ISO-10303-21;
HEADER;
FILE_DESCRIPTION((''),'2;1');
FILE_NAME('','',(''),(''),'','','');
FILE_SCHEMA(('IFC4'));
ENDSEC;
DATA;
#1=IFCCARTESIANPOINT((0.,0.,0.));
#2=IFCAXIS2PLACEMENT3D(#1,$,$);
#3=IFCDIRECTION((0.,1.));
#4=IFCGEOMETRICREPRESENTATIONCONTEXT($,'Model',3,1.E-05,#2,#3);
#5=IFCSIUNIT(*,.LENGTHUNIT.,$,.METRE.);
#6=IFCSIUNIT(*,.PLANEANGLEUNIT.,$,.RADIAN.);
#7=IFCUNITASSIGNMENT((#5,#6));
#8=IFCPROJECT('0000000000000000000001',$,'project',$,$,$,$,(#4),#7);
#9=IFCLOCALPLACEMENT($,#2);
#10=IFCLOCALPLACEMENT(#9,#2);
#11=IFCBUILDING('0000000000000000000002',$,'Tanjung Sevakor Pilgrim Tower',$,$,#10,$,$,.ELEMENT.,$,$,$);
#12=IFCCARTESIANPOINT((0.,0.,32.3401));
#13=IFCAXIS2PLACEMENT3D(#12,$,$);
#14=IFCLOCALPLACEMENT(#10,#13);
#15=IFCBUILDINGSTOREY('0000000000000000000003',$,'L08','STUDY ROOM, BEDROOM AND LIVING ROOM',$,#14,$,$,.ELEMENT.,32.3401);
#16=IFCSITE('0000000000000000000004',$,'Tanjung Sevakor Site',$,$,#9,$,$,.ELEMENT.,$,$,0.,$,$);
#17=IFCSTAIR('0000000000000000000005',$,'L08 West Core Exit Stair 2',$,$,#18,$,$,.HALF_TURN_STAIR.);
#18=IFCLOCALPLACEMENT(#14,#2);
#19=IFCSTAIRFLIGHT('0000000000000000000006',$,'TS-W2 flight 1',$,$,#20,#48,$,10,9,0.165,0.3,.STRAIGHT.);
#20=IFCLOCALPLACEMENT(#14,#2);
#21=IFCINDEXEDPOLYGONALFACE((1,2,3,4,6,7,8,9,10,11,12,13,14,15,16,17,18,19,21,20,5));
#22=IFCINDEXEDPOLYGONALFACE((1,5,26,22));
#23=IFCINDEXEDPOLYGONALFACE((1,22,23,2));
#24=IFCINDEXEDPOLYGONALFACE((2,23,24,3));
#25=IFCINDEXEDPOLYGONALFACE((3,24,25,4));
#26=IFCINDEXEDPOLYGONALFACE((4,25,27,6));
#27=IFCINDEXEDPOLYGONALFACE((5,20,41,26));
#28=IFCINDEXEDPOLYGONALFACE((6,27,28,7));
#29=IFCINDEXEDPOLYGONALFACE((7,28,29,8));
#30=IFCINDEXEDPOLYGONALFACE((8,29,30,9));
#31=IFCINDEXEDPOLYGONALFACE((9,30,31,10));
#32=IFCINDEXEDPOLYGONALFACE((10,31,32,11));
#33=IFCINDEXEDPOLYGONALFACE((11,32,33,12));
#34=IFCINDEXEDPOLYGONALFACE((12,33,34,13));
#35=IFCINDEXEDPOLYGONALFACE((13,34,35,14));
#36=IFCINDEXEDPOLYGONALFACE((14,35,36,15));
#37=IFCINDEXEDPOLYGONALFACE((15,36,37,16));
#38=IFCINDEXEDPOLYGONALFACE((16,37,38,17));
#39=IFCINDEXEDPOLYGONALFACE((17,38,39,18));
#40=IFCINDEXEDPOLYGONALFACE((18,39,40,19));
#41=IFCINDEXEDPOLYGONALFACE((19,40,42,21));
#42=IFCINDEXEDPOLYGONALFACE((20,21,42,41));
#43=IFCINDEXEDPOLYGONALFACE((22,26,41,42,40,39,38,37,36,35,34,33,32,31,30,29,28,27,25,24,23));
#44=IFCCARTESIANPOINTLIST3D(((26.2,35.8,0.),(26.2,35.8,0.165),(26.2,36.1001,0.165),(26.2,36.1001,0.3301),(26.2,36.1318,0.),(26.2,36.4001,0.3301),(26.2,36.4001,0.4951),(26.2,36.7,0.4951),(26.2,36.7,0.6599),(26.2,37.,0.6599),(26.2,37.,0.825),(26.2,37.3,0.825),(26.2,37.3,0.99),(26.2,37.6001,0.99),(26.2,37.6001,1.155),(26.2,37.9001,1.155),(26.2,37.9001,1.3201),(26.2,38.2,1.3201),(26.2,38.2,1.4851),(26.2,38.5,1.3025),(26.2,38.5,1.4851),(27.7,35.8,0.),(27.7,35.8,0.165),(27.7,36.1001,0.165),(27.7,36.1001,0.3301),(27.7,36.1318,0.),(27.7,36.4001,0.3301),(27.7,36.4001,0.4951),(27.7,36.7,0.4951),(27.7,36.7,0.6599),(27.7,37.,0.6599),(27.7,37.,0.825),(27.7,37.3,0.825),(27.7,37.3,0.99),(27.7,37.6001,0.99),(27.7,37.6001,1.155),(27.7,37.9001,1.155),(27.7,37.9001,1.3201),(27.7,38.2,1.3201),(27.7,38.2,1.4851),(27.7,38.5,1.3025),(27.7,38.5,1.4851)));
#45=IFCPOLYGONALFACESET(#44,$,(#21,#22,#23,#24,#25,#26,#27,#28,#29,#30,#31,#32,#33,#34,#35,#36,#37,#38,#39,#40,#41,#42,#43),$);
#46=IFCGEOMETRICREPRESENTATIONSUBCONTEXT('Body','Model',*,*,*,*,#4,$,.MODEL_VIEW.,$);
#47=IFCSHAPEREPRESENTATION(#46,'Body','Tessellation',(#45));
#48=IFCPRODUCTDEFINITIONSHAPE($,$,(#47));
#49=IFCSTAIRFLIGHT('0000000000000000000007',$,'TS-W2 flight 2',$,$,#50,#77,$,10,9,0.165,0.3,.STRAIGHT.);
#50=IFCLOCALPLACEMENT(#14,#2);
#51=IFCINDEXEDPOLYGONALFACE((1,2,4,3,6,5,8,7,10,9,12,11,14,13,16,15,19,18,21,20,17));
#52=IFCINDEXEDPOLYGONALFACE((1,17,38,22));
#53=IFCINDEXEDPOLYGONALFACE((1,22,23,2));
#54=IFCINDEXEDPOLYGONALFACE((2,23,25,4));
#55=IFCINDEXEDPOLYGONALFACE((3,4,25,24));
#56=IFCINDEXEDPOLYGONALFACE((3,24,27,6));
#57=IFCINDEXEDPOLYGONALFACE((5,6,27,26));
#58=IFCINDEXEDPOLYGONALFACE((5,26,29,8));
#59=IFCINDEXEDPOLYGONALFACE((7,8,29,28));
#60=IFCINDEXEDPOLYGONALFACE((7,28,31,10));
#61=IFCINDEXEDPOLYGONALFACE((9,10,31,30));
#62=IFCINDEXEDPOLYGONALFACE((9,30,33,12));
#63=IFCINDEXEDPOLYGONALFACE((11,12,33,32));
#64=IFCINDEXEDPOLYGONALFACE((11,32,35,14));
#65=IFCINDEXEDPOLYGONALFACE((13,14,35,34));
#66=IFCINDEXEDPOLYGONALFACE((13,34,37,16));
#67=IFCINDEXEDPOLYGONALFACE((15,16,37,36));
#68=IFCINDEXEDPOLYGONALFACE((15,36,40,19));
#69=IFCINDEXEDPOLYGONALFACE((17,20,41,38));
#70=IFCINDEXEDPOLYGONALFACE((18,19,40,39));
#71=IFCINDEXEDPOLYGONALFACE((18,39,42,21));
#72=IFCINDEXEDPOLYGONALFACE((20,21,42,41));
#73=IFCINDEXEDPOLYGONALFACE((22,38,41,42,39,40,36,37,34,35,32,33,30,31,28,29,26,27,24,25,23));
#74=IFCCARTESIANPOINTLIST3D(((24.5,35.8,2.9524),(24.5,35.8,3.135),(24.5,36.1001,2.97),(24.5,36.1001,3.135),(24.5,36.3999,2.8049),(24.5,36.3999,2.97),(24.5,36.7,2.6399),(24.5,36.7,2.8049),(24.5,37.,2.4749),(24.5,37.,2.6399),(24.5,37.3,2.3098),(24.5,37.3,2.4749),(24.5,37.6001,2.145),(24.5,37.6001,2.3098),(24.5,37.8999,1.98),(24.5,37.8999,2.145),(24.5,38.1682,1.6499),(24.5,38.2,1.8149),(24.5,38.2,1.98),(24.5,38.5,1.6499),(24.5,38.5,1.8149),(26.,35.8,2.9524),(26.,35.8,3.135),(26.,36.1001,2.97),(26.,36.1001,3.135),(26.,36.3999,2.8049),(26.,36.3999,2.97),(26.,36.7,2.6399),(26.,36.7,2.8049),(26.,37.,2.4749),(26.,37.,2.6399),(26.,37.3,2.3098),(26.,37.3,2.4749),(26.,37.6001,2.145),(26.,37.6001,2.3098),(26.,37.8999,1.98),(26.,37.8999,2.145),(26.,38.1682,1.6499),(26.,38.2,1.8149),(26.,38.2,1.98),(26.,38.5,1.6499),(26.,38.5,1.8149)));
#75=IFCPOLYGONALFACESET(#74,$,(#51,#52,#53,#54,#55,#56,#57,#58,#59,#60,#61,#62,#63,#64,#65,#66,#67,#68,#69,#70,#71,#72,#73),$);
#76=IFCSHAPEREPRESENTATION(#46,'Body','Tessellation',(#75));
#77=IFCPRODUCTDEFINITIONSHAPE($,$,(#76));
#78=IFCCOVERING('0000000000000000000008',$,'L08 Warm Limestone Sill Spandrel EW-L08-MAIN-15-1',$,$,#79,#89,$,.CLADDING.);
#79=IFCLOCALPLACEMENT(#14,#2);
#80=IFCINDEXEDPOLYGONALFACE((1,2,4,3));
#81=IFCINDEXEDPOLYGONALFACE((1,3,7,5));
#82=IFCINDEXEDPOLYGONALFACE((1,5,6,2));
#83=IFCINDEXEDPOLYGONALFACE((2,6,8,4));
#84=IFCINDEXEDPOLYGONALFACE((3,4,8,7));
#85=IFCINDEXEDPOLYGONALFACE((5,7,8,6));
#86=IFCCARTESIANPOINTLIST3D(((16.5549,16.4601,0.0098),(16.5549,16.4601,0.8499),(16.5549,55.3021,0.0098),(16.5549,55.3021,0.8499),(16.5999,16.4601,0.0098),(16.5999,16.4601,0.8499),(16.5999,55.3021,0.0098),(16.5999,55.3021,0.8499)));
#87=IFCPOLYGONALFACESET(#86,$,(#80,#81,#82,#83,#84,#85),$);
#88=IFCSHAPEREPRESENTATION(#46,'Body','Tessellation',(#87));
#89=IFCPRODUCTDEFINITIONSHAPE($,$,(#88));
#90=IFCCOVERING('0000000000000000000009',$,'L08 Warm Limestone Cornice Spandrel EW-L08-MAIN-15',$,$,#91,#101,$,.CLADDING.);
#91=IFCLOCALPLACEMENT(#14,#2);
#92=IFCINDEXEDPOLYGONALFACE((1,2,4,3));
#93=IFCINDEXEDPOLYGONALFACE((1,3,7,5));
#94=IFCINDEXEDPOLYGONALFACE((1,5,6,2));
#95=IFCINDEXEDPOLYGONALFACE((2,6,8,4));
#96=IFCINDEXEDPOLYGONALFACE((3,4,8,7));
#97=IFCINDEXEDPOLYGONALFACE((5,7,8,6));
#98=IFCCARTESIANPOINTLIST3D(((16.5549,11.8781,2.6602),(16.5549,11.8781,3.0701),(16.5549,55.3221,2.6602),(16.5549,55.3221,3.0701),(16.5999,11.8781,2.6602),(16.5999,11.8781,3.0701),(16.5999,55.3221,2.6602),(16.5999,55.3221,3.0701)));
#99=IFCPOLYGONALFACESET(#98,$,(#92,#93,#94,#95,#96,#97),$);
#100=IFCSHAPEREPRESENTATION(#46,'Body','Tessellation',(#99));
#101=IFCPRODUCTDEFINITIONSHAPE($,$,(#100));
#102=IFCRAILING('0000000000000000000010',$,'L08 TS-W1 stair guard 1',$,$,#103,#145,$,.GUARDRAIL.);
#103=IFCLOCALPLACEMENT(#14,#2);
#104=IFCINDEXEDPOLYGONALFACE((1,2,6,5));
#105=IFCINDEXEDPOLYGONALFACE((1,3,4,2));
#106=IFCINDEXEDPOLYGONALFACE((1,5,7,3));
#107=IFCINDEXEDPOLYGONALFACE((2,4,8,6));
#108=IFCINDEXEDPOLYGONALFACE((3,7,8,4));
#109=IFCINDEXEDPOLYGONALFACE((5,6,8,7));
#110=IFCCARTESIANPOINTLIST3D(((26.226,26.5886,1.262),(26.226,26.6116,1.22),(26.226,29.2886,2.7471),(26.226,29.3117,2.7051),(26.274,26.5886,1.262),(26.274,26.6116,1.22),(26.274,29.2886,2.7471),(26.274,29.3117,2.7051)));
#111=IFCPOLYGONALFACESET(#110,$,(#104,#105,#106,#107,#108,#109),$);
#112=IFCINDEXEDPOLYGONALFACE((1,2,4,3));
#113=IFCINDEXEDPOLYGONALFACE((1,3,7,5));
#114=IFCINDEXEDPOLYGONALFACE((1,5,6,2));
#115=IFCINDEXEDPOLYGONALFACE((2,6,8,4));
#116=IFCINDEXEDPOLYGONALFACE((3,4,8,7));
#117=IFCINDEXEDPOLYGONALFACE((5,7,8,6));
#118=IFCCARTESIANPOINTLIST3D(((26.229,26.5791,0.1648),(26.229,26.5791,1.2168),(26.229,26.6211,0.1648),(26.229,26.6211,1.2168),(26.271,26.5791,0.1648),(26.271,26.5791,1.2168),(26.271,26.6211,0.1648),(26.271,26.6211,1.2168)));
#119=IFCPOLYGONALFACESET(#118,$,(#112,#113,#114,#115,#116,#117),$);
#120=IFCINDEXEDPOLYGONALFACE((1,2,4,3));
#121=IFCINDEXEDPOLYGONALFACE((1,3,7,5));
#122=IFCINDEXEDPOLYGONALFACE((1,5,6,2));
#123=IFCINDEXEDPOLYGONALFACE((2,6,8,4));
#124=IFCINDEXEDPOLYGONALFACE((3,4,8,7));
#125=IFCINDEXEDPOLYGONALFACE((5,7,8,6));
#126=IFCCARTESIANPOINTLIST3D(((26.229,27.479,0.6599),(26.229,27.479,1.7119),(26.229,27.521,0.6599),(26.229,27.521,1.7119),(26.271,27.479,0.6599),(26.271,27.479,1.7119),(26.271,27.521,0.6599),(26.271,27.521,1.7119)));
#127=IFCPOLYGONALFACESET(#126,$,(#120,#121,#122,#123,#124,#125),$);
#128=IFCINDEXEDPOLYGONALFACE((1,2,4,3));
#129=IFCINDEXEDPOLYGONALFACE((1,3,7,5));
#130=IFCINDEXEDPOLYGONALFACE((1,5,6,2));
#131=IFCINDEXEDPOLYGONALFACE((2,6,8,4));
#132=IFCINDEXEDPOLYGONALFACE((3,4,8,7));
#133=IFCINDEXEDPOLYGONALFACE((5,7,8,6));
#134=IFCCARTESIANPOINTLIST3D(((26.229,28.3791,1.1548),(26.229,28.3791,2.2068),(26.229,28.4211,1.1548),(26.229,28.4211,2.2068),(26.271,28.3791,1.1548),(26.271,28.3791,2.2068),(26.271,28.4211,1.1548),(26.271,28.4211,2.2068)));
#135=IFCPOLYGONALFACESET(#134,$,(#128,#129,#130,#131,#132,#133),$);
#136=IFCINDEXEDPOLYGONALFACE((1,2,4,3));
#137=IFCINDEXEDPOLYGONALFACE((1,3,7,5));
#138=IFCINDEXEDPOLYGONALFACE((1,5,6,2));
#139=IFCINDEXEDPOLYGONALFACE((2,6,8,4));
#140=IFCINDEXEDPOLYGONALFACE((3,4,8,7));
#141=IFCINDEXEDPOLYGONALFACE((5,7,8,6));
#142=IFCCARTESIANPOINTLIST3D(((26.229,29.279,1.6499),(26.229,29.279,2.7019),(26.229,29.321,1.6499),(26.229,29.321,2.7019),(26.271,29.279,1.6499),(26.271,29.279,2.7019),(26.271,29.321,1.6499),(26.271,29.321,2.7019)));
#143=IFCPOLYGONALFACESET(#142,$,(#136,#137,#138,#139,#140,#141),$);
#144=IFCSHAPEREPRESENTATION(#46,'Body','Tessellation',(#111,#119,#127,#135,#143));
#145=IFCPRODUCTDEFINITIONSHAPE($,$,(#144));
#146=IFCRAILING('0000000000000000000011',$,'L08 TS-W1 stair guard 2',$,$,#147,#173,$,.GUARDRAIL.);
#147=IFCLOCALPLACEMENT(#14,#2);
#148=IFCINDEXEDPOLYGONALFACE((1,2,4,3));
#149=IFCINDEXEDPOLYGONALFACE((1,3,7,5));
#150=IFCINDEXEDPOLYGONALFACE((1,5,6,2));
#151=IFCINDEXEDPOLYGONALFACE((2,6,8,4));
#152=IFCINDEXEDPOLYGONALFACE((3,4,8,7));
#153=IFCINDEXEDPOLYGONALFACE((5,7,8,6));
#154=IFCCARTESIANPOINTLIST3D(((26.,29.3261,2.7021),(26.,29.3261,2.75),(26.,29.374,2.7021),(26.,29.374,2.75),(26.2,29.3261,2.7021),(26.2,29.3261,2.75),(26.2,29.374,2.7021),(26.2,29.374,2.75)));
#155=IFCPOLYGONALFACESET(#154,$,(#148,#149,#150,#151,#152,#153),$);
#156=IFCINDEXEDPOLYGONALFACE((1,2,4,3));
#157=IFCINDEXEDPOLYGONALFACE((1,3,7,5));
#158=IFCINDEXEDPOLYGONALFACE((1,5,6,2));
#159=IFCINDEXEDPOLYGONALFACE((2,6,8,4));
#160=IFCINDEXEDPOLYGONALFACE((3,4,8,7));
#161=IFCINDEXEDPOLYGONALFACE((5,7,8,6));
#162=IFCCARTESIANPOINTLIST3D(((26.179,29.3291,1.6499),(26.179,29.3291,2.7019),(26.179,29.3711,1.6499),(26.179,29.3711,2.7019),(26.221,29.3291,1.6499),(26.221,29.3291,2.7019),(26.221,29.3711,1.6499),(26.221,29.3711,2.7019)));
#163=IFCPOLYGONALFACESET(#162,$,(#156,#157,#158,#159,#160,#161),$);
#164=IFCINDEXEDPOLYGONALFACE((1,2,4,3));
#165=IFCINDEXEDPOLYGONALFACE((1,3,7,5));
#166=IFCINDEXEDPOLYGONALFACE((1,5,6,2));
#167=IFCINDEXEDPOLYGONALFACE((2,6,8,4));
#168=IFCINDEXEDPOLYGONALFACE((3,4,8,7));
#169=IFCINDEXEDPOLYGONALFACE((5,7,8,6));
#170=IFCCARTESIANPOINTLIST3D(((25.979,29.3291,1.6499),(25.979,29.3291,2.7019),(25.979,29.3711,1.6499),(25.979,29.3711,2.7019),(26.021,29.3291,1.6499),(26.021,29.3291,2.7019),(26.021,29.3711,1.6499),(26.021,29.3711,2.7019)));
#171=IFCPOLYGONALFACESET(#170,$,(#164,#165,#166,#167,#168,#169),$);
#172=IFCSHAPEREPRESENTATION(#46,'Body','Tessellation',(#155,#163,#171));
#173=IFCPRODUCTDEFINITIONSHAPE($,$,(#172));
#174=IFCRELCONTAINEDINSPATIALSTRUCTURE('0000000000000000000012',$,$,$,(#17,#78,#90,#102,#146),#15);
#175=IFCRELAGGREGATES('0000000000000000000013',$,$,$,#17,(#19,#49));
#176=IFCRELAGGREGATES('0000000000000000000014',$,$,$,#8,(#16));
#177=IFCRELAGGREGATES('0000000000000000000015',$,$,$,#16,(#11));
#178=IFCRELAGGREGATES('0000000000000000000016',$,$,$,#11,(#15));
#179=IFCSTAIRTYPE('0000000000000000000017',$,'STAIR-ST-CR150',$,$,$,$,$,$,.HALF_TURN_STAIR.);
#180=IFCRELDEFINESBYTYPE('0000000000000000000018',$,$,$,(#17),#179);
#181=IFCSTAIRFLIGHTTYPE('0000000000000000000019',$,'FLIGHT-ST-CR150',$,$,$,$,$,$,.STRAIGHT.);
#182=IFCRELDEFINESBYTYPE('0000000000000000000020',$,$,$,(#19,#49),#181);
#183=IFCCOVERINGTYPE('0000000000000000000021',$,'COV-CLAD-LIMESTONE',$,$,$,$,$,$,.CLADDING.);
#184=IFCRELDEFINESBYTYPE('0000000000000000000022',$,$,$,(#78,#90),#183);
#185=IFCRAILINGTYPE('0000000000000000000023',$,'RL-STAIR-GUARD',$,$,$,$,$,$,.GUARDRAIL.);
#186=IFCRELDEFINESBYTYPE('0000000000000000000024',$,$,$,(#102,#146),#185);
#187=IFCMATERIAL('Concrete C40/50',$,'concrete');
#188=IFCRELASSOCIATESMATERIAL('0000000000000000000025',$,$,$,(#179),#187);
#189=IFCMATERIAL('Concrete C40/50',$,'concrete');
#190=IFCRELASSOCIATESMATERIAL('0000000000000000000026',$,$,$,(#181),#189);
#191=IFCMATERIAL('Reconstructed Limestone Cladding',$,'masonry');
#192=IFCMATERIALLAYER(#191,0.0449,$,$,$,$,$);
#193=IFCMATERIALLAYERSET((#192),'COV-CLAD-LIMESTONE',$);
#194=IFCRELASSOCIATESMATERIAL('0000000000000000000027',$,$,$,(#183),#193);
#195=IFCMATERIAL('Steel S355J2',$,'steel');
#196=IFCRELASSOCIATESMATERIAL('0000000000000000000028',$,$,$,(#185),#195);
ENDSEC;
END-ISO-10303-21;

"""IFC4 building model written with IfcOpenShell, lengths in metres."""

from ifc_helpers import new_model, si_unit, direction, frame, origin, origin_2d, place, context, subcontext, project, spatial, polyline, rectangle, outline, extrude, material, layer, layer_set, type_object, element, aggregate, save


model = new_model("IFC4")

# Units and contexts
model_context = context("Model", 3, precision=1e-05, world=origin(), true_north=direction((0.0, 1.0)))
body_context = subcontext(model_context, "Body", "Model", "MODEL_VIEW")
ifc_project = project(units=[si_unit("LENGTHUNIT", "METRE"), si_unit("PLANEANGLEUNIT", "RADIAN")], contexts=[model_context])

# Site, building, storey
site_placement = place(None, origin())
site = spatial("IfcSite", under=ifc_project, at=site_placement, Name="Tanjung Sevakor Site", CompositionType="ELEMENT", RefElevation=0.0)
building_placement = place(site_placement, origin())
building = spatial("IfcBuilding", under=site, at=building_placement, Name="Tanjung Sevakor Pilgrim Tower", CompositionType="ELEMENT")
storey_placement = place(building_placement, frame((0.0, 0.0, 32.3401)))
storey = spatial("IfcBuildingStorey", under=building, at=storey_placement, Name="L08", Description="STUDY ROOM, BEDROOM AND LIVING ROOM", CompositionType="ELEMENT", Elevation=32.3401)

# Stair, stair flights
ifc_material_1 = material(Name="Concrete C40/50", Category="concrete")
stair_type = type_object("IfcStairType", Name="STAIR-ST-CR150", PredefinedType="HALF_TURN_STAIR", material=ifc_material_1)
ifc_material_2 = material(Name="Concrete C40/50", Category="concrete")
stair_flight_type = type_object("IfcStairFlightType", Name="FLIGHT-ST-CR150", PredefinedType="STRAIGHT", material=ifc_material_2)
stair_1_placement = place(storey_placement, origin())
stair_1 = element("IfcStair", 1, at=stair_1_placement, inside=storey, type_object=stair_type, Name="L08 West Core Exit Stair 2", PredefinedType="HALF_TURN_STAIR")
stair_flight_1_placement = place(storey_placement, frame((26.95, 35.8, 0.0), z_axis=(0.0, 0.0, 1.0), x_axis=(0.0, 1.0, 0.0)))
stair_flight_1 = element("IfcStairFlight", 2, at=stair_flight_1_placement, type_object=stair_flight_type, Name="TS-W2 flight 1", NumberOfRisers=10, NumberOfTreads=9, PredefinedType="STRAIGHT", RiserHeight=0.165, TreadLength=0.3, context=body_context, shape_type="SweptSolid", body=[
    extrude(outline(polyline([(0.0, 0.0), (0.0, 0.165), (0.3, 0.165), (0.3, 0.3301), (0.6001, 0.3301), (0.6001, 0.4951), (0.8999, 0.4951), (0.8999, 0.6599), (1.2, 0.6599), (1.2, 0.825), (1.5, 0.825), (1.5, 0.99), (1.8, 0.99), (1.8, 1.155), (2.1001, 1.155), (2.1001, 1.3201), (2.3999, 1.3201), (2.3999, 1.4851), (2.7, 1.4851), (2.7, 1.6499), (2.7, 1.3025), (0.3318, 0.0), (0.0, 0.0)])), frame((0.0, 0.75, 0.0), z_axis=(0.0, -1.0, 0.0), x_axis=(1.0, 0.0, 0.0)), (0.0, 0.0, 1.0), 1.5),
])
stair_flight_2_placement = place(storey_placement, frame((25.25, 38.5, 1.6499), z_axis=(0.0, 0.0, 1.0), x_axis=(0.0, -1.0, 0.0)))
stair_flight_2 = element("IfcStairFlight", 3, at=stair_flight_2_placement, type_object=stair_flight_type, Name="TS-W2 flight 2", NumberOfRisers=10, NumberOfTreads=9, PredefinedType="STRAIGHT", RiserHeight=0.165, TreadLength=0.3, context=body_context, shape_type="SweptSolid", body=[
    extrude(outline(polyline([(0.0, 0.0), (0.0, 0.165), (0.3, 0.165), (0.3, 0.3301), (0.6001, 0.3301), (0.6001, 0.4951), (0.8999, 0.4951), (0.8999, 0.6599), (1.2, 0.6599), (1.2, 0.825), (1.5, 0.825), (1.5, 0.99), (1.8, 0.99), (1.8, 1.155), (2.1001, 1.155), (2.1001, 1.3201), (2.3999, 1.3201), (2.3999, 1.4851), (2.7, 1.4851), (2.7, 1.6499), (2.7, 1.3025), (0.3318, 0.0), (0.0, 0.0)])), frame((0.0, 0.75, 0.0), z_axis=(0.0, -1.0, 0.0), x_axis=(1.0, 0.0, 0.0)), (0.0, 0.0, 1.0), 1.5),
])
aggregate(stair_1, [stair_flight_1, stair_flight_2])

# Coverings
ifc_material_3 = material(Name="Reconstructed Limestone Cladding", Category="masonry")
ifc_layer_1 = layer(ifc_material_3, 0.0449)
ifc_layer_set_1 = layer_set([ifc_layer_1], Name="COV-CLAD-LIMESTONE")
covering_type = type_object("IfcCoveringType", Name="COV-CLAD-LIMESTONE", PredefinedType="CLADDING", material=ifc_layer_set_1)
covering_1_placement = place(storey_placement, frame((16.5774, 35.8811, 0.0098), z_axis=(0.0, 0.0, 1.0), x_axis=(0.0, -1.0, 0.0)))
element("IfcCovering", 4, at=covering_1_placement, inside=storey, type_object=covering_type, Name="L08 Warm Limestone Sill Spandrel EW-L08-MAIN-15-1", PredefinedType="CLADDING", context=body_context, shape_type="SweptSolid", body=[
    extrude(rectangle(XDim=38.842, YDim=0.0449, at=origin_2d()), origin(), (0.0, 0.0, 1.0), 0.8401),
])
covering_2_placement = place(storey_placement, frame((16.5774, 33.6001, 2.6602), z_axis=(0.0, 0.0, 1.0), x_axis=(0.0, -1.0, 0.0)))
element("IfcCovering", 5, at=covering_2_placement, inside=storey, type_object=covering_type, Name="L08 Warm Limestone Cornice Spandrel EW-L08-MAIN-15", PredefinedType="CLADDING", context=body_context, shape_type="SweptSolid", body=[
    extrude(rectangle(XDim=43.4441, YDim=0.0449, at=origin_2d()), origin(), (0.0, 0.0, 1.0), 0.4099),
])

# Railings
ifc_material_4 = material(Name="Steel S355J2", Category="steel")
railing_type_1 = type_object("IfcRailingType", Name="RL-STAIR-GUARD", PredefinedType="GUARDRAIL", material=ifc_material_4)
railing_1_placement = place(storey_placement, frame((26.25, 26.6001, 0.1648)))
element("IfcRailing", 6, at=railing_1_placement, inside=storey, type_object=railing_type_1, Name="L08 TS-W1 stair guard 1", PredefinedType="GUARDRAIL", context=body_context, shape_type="SweptSolid", body=[
    extrude(rectangle(XDim=0.0479, YDim=0.0479), frame((0.0, 0.0, 1.0762), z_axis=(0.0, 0.876198, 0.481952), x_axis=(-1.0, 0.0, 0.0)), (0.0, 0.0, 1.0), 3.0815),
    extrude(rectangle(XDim=0.042, YDim=0.042), origin(), (0.0, 0.0, 1.0), 1.052),
    extrude(rectangle(XDim=0.042, YDim=0.042), frame((0.0, 0.8999, 0.4951)), (0.0, 0.0, 1.0), 1.052),
    extrude(rectangle(XDim=0.042, YDim=0.042), frame((0.0, 1.8, 0.99)), (0.0, 0.0, 1.0), 1.052),
    extrude(rectangle(XDim=0.042, YDim=0.042), frame((0.0, 2.7, 1.4851)), (0.0, 0.0, 1.0), 1.052),
])
railing_2_placement = place(storey_placement, frame((26.2, 29.3501, 1.6499)))
element("IfcRailing", 7, at=railing_2_placement, inside=storey, type_object=railing_type_1, Name="L08 TS-W1 stair guard 2", PredefinedType="GUARDRAIL", context=body_context, shape_type="SweptSolid", body=[
    extrude(rectangle(XDim=0.0479, YDim=0.0479), frame((0.0, 0.0, 1.0762), z_axis=(-1.0, 0.0, 0.0), x_axis=(0.0, -1.0, 0.0)), (0.0, 0.0, 1.0), 0.2),
    extrude(rectangle(XDim=0.042, YDim=0.042), origin(), (0.0, 0.0, 1.0), 1.052),
    extrude(rectangle(XDim=0.042, YDim=0.042), frame((-0.2, 0.0, 0.0)), (0.0, 0.0, 1.0), 1.052),
])

save(model, "model.ifc")
